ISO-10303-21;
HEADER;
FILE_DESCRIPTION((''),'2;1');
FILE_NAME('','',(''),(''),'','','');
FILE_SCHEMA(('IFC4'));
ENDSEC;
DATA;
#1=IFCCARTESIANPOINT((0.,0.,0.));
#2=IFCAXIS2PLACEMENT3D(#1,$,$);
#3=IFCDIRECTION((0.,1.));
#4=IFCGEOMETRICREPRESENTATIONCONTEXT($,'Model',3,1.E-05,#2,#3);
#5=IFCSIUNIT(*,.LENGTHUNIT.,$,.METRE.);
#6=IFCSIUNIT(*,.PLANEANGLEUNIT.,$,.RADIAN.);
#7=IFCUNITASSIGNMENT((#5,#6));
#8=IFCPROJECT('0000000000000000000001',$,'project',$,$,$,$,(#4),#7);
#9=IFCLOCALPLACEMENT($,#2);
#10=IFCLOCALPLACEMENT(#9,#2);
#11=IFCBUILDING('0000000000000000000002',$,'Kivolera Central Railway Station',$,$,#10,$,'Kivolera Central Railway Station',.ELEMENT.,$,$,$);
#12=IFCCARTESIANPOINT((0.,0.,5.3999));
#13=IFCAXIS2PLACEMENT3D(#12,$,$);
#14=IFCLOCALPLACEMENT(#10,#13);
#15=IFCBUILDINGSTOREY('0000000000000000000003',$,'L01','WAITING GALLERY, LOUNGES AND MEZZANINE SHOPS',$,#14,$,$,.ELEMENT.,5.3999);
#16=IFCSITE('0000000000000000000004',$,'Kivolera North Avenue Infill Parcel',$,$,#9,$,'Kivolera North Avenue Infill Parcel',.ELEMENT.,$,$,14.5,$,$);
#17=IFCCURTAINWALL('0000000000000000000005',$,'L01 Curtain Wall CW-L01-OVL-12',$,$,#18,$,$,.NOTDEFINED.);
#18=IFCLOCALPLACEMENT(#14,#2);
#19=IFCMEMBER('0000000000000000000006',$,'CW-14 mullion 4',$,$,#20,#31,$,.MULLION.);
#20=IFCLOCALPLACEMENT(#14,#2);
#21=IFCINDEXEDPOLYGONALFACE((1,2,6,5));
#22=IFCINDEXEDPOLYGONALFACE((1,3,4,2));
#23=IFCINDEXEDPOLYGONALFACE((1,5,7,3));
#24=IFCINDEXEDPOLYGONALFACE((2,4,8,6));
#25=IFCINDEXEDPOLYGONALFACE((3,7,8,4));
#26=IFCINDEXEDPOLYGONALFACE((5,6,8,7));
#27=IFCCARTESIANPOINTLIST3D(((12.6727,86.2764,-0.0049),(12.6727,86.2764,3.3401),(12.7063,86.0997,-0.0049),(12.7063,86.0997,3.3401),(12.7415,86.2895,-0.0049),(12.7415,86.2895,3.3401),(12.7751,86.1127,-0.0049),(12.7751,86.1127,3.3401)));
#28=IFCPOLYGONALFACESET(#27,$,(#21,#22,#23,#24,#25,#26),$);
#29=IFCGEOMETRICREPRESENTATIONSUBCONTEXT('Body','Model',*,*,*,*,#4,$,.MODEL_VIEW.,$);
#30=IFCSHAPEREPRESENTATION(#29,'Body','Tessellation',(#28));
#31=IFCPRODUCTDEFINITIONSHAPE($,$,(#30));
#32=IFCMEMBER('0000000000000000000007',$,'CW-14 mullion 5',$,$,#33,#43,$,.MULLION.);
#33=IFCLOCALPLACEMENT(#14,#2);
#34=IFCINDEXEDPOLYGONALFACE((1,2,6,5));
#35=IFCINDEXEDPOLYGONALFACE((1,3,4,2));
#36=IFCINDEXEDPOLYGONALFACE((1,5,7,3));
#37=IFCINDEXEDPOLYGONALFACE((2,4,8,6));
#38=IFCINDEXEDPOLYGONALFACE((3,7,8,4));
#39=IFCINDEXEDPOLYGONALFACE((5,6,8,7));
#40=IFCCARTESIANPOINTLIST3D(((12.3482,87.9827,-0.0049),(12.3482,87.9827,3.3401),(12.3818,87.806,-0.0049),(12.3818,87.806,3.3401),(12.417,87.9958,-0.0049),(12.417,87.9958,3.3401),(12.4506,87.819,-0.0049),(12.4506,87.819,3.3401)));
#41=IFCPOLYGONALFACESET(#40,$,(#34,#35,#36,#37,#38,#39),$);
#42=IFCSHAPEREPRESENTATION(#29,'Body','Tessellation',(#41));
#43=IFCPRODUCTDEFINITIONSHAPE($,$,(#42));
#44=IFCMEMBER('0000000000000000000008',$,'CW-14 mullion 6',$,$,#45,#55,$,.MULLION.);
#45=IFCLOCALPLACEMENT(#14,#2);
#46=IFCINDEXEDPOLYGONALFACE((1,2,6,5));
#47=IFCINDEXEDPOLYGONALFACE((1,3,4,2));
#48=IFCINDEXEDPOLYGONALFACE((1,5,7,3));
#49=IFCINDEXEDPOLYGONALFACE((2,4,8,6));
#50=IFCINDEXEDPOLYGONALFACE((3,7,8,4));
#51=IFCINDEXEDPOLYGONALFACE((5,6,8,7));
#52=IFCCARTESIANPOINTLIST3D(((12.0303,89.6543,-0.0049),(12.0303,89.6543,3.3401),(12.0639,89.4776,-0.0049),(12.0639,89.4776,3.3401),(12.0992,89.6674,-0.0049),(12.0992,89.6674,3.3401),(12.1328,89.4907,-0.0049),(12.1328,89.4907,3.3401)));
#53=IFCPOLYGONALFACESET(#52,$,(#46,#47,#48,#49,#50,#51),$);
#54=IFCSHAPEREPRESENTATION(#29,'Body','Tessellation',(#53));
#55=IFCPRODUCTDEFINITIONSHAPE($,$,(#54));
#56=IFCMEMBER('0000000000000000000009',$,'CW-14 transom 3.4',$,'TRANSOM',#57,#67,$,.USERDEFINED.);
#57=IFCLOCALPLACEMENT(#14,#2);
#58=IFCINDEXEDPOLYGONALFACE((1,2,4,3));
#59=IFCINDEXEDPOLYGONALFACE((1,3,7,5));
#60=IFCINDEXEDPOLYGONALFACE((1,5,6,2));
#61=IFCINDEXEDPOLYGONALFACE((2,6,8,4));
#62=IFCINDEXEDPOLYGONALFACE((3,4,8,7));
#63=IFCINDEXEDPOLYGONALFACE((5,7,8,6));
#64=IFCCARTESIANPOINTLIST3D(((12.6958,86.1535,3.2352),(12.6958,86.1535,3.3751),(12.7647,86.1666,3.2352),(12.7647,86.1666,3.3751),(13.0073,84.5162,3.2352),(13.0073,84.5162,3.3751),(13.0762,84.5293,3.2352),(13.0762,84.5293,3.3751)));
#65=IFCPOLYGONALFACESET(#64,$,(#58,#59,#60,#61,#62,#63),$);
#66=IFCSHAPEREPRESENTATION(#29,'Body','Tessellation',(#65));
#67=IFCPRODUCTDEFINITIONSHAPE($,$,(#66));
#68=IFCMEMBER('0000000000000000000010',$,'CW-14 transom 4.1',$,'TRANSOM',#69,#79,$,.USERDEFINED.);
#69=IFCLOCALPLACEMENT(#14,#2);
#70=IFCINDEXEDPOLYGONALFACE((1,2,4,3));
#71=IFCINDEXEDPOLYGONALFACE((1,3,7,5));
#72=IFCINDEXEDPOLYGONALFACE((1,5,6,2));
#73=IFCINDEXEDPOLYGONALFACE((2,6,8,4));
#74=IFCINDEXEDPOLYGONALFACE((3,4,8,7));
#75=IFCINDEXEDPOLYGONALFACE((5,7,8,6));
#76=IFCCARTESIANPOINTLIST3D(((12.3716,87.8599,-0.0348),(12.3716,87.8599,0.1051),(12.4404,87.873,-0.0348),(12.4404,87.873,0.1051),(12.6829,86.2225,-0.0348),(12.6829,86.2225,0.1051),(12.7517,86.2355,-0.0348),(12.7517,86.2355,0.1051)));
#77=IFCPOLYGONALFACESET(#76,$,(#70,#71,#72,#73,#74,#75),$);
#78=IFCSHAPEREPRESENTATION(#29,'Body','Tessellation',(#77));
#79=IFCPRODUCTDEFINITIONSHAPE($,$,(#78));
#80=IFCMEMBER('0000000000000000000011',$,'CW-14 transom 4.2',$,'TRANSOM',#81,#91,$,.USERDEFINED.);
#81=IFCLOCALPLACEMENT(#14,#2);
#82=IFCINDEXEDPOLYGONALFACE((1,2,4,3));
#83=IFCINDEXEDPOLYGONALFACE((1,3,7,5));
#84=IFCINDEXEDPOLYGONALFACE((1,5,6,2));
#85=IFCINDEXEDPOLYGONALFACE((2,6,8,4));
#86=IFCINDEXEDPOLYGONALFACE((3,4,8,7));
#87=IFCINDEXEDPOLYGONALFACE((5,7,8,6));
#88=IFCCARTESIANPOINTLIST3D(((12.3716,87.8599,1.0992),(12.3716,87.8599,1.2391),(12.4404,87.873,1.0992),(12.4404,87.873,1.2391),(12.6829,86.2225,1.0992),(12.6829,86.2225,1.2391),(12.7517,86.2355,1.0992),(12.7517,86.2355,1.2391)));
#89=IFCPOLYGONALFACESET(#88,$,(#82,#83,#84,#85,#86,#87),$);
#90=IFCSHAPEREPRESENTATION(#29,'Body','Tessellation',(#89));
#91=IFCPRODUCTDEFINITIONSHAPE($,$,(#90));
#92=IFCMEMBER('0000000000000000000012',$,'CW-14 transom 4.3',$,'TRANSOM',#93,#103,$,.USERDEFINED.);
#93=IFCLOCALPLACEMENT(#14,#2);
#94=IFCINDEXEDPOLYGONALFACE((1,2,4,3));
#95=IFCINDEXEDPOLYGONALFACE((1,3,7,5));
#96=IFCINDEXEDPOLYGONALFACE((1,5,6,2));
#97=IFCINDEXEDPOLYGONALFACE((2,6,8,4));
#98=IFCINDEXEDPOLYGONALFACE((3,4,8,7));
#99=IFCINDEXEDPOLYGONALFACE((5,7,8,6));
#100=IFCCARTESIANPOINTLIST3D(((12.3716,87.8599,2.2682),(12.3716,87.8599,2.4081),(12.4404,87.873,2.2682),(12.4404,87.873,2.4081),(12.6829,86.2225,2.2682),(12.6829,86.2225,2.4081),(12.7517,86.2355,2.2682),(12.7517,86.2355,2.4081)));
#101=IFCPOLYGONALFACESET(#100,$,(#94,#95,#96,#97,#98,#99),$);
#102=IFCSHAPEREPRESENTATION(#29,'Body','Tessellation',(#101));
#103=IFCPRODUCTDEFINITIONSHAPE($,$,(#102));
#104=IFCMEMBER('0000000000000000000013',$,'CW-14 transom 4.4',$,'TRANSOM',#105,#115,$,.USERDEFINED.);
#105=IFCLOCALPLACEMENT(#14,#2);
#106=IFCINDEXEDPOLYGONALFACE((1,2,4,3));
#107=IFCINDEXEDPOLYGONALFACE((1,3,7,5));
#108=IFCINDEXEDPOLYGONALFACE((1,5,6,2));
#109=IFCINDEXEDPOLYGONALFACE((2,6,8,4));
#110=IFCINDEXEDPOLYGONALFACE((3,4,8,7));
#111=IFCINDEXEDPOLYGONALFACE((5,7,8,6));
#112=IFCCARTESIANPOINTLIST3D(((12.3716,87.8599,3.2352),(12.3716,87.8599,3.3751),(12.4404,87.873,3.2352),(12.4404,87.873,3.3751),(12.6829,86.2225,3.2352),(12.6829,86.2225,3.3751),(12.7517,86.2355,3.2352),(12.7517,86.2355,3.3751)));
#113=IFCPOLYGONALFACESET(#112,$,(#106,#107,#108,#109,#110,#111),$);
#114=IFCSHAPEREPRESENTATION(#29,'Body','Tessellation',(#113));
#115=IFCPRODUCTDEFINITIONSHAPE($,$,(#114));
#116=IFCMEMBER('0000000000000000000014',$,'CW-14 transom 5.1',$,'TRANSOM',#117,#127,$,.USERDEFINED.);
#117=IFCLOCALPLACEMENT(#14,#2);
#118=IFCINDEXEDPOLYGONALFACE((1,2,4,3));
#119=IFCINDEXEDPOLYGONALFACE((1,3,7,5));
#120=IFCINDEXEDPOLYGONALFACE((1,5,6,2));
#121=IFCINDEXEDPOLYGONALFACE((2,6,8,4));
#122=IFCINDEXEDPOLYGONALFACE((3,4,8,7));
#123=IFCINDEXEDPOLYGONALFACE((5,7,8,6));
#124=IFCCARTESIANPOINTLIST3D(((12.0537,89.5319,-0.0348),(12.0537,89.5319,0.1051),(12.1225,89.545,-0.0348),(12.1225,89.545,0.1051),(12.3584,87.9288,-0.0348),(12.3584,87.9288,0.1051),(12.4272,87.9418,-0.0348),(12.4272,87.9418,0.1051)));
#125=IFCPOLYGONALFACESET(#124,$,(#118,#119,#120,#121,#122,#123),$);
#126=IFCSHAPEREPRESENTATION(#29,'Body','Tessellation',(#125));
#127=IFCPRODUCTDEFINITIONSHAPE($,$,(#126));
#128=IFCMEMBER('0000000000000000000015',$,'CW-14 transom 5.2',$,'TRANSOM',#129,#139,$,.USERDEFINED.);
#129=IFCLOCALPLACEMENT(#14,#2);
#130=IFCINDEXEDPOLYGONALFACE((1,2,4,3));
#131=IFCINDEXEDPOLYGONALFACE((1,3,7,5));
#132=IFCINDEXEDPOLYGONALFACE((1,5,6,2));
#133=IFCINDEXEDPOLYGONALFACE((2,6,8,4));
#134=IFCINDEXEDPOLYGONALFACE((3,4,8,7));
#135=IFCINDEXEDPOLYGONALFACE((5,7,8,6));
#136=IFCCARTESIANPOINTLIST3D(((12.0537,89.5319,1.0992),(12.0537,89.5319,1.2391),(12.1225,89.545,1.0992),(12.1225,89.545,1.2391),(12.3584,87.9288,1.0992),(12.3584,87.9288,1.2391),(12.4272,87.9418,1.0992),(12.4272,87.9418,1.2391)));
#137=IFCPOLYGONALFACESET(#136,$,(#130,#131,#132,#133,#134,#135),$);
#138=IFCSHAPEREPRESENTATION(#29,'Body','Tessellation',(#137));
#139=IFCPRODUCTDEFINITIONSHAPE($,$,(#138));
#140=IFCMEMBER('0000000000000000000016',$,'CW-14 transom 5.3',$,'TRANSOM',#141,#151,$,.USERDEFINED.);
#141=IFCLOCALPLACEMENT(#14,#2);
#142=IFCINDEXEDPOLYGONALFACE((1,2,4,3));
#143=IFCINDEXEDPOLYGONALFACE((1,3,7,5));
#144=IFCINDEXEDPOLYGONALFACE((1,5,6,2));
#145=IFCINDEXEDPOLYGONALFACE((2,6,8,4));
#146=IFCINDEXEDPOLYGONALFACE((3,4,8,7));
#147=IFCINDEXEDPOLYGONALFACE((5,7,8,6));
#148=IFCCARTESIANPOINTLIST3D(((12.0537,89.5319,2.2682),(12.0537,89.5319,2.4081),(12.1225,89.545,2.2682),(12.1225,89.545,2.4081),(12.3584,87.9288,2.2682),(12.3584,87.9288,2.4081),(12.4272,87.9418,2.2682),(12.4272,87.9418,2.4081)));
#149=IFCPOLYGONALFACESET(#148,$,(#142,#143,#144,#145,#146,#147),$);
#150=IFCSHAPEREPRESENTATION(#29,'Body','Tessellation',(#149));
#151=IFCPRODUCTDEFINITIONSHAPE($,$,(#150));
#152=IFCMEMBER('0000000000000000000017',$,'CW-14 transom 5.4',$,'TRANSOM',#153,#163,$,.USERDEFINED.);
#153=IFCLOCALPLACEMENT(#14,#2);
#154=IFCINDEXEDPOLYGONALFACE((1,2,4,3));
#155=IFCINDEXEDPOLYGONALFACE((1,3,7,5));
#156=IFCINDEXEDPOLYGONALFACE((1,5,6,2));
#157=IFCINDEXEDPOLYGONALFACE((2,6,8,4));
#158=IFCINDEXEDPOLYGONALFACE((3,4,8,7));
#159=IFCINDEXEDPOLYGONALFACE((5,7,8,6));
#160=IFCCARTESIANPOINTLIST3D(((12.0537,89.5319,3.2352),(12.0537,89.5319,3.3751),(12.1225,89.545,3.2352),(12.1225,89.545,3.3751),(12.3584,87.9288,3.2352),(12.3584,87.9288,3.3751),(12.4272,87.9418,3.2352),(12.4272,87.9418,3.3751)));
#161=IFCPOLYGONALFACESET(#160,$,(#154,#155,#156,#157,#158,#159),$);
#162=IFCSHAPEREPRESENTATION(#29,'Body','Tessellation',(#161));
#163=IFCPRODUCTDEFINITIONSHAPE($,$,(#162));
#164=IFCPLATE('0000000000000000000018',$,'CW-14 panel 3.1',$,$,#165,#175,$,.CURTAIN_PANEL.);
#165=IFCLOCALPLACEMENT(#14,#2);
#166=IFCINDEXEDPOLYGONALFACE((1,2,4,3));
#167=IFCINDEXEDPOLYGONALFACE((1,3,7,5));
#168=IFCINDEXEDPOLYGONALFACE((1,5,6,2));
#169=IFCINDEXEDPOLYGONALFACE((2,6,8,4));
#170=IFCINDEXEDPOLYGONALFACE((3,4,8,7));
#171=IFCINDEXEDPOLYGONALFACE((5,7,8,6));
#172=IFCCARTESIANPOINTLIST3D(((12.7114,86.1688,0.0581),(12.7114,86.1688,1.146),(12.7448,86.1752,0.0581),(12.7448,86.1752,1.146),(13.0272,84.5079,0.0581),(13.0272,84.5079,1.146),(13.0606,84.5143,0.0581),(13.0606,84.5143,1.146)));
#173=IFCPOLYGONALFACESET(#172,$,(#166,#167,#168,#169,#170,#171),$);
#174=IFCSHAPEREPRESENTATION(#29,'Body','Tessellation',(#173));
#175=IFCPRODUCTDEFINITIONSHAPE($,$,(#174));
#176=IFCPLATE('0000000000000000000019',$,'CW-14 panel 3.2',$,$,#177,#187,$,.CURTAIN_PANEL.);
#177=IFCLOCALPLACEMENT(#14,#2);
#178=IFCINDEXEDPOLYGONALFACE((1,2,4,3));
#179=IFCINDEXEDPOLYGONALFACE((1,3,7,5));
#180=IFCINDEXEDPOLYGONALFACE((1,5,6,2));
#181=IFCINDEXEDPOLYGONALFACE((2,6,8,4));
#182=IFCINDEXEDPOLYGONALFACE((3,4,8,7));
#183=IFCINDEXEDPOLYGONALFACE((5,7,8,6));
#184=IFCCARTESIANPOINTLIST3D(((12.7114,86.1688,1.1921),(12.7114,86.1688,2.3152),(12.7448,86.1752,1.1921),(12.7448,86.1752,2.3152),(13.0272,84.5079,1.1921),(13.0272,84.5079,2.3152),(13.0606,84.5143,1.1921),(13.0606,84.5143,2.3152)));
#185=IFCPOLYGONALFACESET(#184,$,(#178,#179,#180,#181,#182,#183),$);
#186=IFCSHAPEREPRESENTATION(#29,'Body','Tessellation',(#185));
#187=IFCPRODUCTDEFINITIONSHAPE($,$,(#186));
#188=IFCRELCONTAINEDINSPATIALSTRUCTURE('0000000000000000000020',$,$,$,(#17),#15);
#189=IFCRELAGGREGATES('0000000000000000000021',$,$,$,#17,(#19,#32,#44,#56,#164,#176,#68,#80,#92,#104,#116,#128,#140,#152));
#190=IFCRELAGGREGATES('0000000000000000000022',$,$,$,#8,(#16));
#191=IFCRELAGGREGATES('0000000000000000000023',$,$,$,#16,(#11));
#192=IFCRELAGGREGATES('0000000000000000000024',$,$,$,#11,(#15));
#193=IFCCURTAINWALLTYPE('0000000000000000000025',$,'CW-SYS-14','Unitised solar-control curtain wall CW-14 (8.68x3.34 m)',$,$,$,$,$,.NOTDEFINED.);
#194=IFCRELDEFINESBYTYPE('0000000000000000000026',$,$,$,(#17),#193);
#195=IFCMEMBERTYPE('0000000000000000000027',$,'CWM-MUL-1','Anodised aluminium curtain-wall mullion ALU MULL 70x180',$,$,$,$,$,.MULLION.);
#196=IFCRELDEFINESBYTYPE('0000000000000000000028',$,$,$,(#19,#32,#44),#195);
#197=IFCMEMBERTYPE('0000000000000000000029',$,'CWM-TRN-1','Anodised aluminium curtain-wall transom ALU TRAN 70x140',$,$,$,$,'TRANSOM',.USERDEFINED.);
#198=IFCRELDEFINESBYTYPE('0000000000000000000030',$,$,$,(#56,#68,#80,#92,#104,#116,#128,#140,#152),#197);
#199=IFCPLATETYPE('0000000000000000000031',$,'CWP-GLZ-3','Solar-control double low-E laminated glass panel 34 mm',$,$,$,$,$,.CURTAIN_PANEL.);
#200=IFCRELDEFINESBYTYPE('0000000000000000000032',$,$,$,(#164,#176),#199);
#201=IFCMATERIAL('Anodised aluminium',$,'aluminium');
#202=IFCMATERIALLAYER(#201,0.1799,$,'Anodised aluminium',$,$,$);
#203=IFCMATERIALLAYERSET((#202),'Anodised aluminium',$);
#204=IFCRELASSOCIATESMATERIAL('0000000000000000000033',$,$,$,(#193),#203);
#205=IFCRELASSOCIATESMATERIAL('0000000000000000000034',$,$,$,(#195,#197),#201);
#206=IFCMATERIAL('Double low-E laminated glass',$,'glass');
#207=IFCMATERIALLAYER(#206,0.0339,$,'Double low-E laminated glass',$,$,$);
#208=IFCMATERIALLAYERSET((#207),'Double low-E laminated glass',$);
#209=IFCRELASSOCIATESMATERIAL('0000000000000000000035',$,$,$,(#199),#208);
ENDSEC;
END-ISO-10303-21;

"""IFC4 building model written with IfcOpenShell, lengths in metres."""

from ifc_helpers import new_model, si_unit, direction, frame, origin, origin_2d, place, context, subcontext, project, spatial, rectangle, extrude, material, layer, layer_set, material_profile, profile_set, type_object, element, aggregate, save


model = new_model("IFC4")

# Units and contexts
model_context = context("Model", 3, precision=1e-05, world=origin(), true_north=direction((0.0, 1.0)))
body_context = subcontext(model_context, "Body", "Model", "MODEL_VIEW")
ifc_project = project(units=[si_unit("LENGTHUNIT", "METRE"), si_unit("PLANEANGLEUNIT", "RADIAN")], contexts=[model_context])

# Site, building, storey
site_placement = place(None, origin())
site = spatial("IfcSite", under=ifc_project, at=site_placement, Name="Kivolera North Avenue Infill Parcel", LongName="Kivolera North Avenue Infill Parcel", CompositionType="ELEMENT", RefElevation=14.5)
building_placement = place(site_placement, origin())
building = spatial("IfcBuilding", under=site, at=building_placement, Name="Kivolera Central Railway Station", LongName="Kivolera Central Railway Station", CompositionType="ELEMENT")
storey_placement = place(building_placement, frame((0.0, 0.0, 5.3999)))
storey = spatial("IfcBuildingStorey", under=building, at=storey_placement, Name="L01", Description="WAITING GALLERY, LOUNGES AND MEZZANINE SHOPS", CompositionType="ELEMENT", Elevation=5.3999)

# Curtain wall, members, plates
ifc_material_1 = material(Name="Anodised aluminium", Category="aluminium")
ifc_layer_1 = layer(ifc_material_1, 0.1799, Name="Anodised aluminium")
ifc_layer_set_1 = layer_set([ifc_layer_1], Name="Anodised aluminium")
curtain_wall_type = type_object("IfcCurtainWallType", Name="CW-SYS-14", Description="Unitised solar-control curtain wall CW-14 (8.68x3.34 m)", PredefinedType="NOTDEFINED", material=ifc_layer_set_1)
curtain_wall_placement = place(storey_placement, origin())
curtain_wall = element("IfcCurtainWall", 1, at=curtain_wall_placement, inside=storey, type_object=curtain_wall_type, Name="L01 Curtain Wall CW-L01-OVL-12", PredefinedType="NOTDEFINED")
ifc_material_profile_1 = material_profile(ifc_material_1, rectangle(XDim=0.0701, YDim=0.1799, at=origin_2d()), Name="ALU MULL 70x180")
ifc_profile_set_1 = profile_set([ifc_material_profile_1], Name="Anodised aluminium")
member_type_1 = type_object("IfcMemberType", Name="CWM-MUL-1", Description="Anodised aluminium curtain-wall mullion ALU MULL 70x180", PredefinedType="MULLION", material=ifc_profile_set_1)
member_1_placement = place(storey_placement, frame((12.7239, 86.1946, -0.0049), z_axis=(0.0, 0.0, 1.0), x_axis=(-0.982401, -0.186784, 0.0)))
member_1 = element("IfcMember", 2, at=member_1_placement, type_object=member_type_1, Name="CW-14 mullion 4", PredefinedType="MULLION", context=body_context, shape_type="SweptSolid", body=[
    extrude(rectangle(XDim=0.0701, YDim=0.1799, at=origin_2d()), origin(), (0.0, 0.0, 1.0), 3.345),
])
member_2_placement = place(storey_placement, frame((12.3994, 87.9009, -0.0049), z_axis=(0.0, 0.0, 1.0), x_axis=(-0.982401, -0.186784, 0.0)))
member_2 = element("IfcMember", 3, at=member_2_placement, type_object=member_type_1, Name="CW-14 mullion 5", PredefinedType="MULLION", context=body_context, shape_type="SweptSolid", body=[
    extrude(rectangle(XDim=0.0701, YDim=0.1799, at=origin_2d()), origin(), (0.0, 0.0, 1.0), 3.345),
])
member_3_placement = place(storey_placement, frame((12.0815, 89.5725, -0.0049), z_axis=(0.0, 0.0, 1.0), x_axis=(-0.982401, -0.186784, 0.0)))
member_3 = element("IfcMember", 4, at=member_3_placement, type_object=member_type_1, Name="CW-14 mullion 6", PredefinedType="MULLION", context=body_context, shape_type="SweptSolid", body=[
    extrude(rectangle(XDim=0.0701, YDim=0.1799, at=origin_2d()), origin(), (0.0, 0.0, 1.0), 3.345),
])
ifc_material_profile_2 = material_profile(ifc_material_1, rectangle(XDim=0.0701, YDim=0.1399, at=origin_2d()), Name="ALU TRAN 70x140")
ifc_profile_set_2 = profile_set([ifc_material_profile_2], Name="Anodised aluminium")
member_type_2 = type_object("IfcMemberType", Name="CWM-TRN-1", Description="Anodised aluminium curtain-wall transom ALU TRAN 70x140", ElementType="TRANSOM", PredefinedType="USERDEFINED", material=ifc_profile_set_2)
member_4_placement = place(storey_placement, frame((13.0417, 84.5227, 3.3052), z_axis=(-0.186897, 0.98238, 0.0), x_axis=(-0.98238, -0.186897, 0.0)))
member_4 = element("IfcMember", 5, at=member_4_placement, type_object=member_type_2, Name="CW-14 transom 3.4", ObjectType="TRANSOM", PredefinedType="USERDEFINED", context=body_context, shape_type="SweptSolid", body=[
    extrude(rectangle(XDim=0.0701, YDim=0.1399, at=origin_2d()), origin(), (0.0, 0.0, 1.0), 1.6667),
])
member_5_placement = place(storey_placement, frame((12.7173, 86.229, 0.0352), z_axis=(-0.186755, 0.982406, 0.0), x_axis=(-0.982406, -0.186755, 0.0)))
member_5 = element("IfcMember", 6, at=member_5_placement, type_object=member_type_2, Name="CW-14 transom 4.1", ObjectType="TRANSOM", PredefinedType="USERDEFINED", context=body_context, shape_type="SweptSolid", body=[
    extrude(rectangle(XDim=0.0701, YDim=0.1399, at=origin_2d()), origin(), (0.0, 0.0, 1.0), 1.6667),
])
member_6_placement = place(storey_placement, frame((12.7173, 86.229, 1.1692), z_axis=(-0.186755, 0.982406, 0.0), x_axis=(-0.982406, -0.186755, 0.0)))
member_6 = element("IfcMember", 7, at=member_6_placement, type_object=member_type_2, Name="CW-14 transom 4.2", ObjectType="TRANSOM", PredefinedType="USERDEFINED", context=body_context, shape_type="SweptSolid", body=[
    extrude(rectangle(XDim=0.0701, YDim=0.1399, at=origin_2d()), origin(), (0.0, 0.0, 1.0), 1.6667),
])
member_7_placement = place(storey_placement, frame((12.7173, 86.229, 2.3381), z_axis=(-0.186755, 0.982406, 0.0), x_axis=(-0.982406, -0.186755, 0.0)))
member_7 = element("IfcMember", 8, at=member_7_placement, type_object=member_type_2, Name="CW-14 transom 4.3", ObjectType="TRANSOM", PredefinedType="USERDEFINED", context=body_context, shape_type="SweptSolid", body=[
    extrude(rectangle(XDim=0.0701, YDim=0.1399, at=origin_2d()), origin(), (0.0, 0.0, 1.0), 1.6667),
])
member_8_placement = place(storey_placement, frame((12.7173, 86.229, 3.3052), z_axis=(-0.186755, 0.982406, 0.0), x_axis=(-0.982406, -0.186755, 0.0)))
member_8 = element("IfcMember", 9, at=member_8_placement, type_object=member_type_2, Name="CW-14 transom 4.4", ObjectType="TRANSOM", PredefinedType="USERDEFINED", context=body_context, shape_type="SweptSolid", body=[
    extrude(rectangle(XDim=0.0701, YDim=0.1399, at=origin_2d()), origin(), (0.0, 0.0, 1.0), 1.6667),
])
member_9_placement = place(storey_placement, frame((12.3928, 87.9353, 0.0352), z_axis=(-0.186727, 0.982412, 0.0), x_axis=(-0.982412, -0.186727, 0.0)))
member_9 = element("IfcMember", 10, at=member_9_placement, type_object=member_type_2, Name="CW-14 transom 5.1", ObjectType="TRANSOM", PredefinedType="USERDEFINED", context=body_context, shape_type="SweptSolid", body=[
    extrude(rectangle(XDim=0.0701, YDim=0.1399, at=origin_2d()), origin(), (0.0, 0.0, 1.0), 1.6318),
])
member_10_placement = place(storey_placement, frame((12.3928, 87.9353, 1.1692), z_axis=(-0.186727, 0.982412, 0.0), x_axis=(-0.982412, -0.186727, 0.0)))
member_10 = element("IfcMember", 11, at=member_10_placement, type_object=member_type_2, Name="CW-14 transom 5.2", ObjectType="TRANSOM", PredefinedType="USERDEFINED", context=body_context, shape_type="SweptSolid", body=[
    extrude(rectangle(XDim=0.0701, YDim=0.1399, at=origin_2d()), origin(), (0.0, 0.0, 1.0), 1.6318),
])
member_11_placement = place(storey_placement, frame((12.3928, 87.9353, 2.3381), z_axis=(-0.186727, 0.982412, 0.0), x_axis=(-0.982412, -0.186727, 0.0)))
member_11 = element("IfcMember", 12, at=member_11_placement, type_object=member_type_2, Name="CW-14 transom 5.3", ObjectType="TRANSOM", PredefinedType="USERDEFINED", context=body_context, shape_type="SweptSolid", body=[
    extrude(rectangle(XDim=0.0701, YDim=0.1399, at=origin_2d()), origin(), (0.0, 0.0, 1.0), 1.6318),
])
member_12_placement = place(storey_placement, frame((12.3928, 87.9353, 3.3052), z_axis=(-0.186727, 0.982412, 0.0), x_axis=(-0.982412, -0.186727, 0.0)))
member_12 = element("IfcMember", 13, at=member_12_placement, type_object=member_type_2, Name="CW-14 transom 5.4", ObjectType="TRANSOM", PredefinedType="USERDEFINED", context=body_context, shape_type="SweptSolid", body=[
    extrude(rectangle(XDim=0.0701, YDim=0.1399, at=origin_2d()), origin(), (0.0, 0.0, 1.0), 1.6318),
])
ifc_material_2 = material(Name="Double low-E laminated glass", Category="glass")
ifc_layer_2 = layer(ifc_material_2, 0.0339, Name="Double low-E laminated glass")
ifc_layer_set_2 = layer_set([ifc_layer_2], Name="Double low-E laminated glass")
plate_type = type_object("IfcPlateType", Name="CWP-GLZ-3", Description="Solar-control double low-E laminated glass panel 34 mm", PredefinedType="CURTAIN_PANEL", material=ifc_layer_set_2)
plate_1_placement = place(storey_placement, frame((12.886, 85.3416, 0.0581), z_axis=(0.0, 0.0, 1.0), x_axis=(-0.186784, 0.982401, 0.0)))
plate_1 = element("IfcPlate", 14, at=plate_1_placement, type_object=plate_type, Name="CW-14 panel 3.1", PredefinedType="CURTAIN_PANEL", context=body_context, shape_type="SweptSolid", body=[
    extrude(rectangle(XDim=1.6907, YDim=0.0339, at=origin_2d()), origin(), (0.0, 0.0, 1.0), 1.0879),
])
plate_2_placement = place(storey_placement, frame((12.886, 85.3416, 1.1921), z_axis=(0.0, 0.0, 1.0), x_axis=(-0.186784, 0.982401, 0.0)))
plate_2 = element("IfcPlate", 15, at=plate_2_placement, type_object=plate_type, Name="CW-14 panel 3.2", PredefinedType="CURTAIN_PANEL", context=body_context, shape_type="SweptSolid", body=[
    extrude(rectangle(XDim=1.6907, YDim=0.0339, at=origin_2d()), origin(), (0.0, 0.0, 1.0), 1.123),
])
aggregate(curtain_wall, [member_1, member_2, member_3, member_4, plate_1, plate_2, member_5, member_6, member_7, member_8, member_9, member_10, member_11, member_12])

save(model, "model.ifc")
